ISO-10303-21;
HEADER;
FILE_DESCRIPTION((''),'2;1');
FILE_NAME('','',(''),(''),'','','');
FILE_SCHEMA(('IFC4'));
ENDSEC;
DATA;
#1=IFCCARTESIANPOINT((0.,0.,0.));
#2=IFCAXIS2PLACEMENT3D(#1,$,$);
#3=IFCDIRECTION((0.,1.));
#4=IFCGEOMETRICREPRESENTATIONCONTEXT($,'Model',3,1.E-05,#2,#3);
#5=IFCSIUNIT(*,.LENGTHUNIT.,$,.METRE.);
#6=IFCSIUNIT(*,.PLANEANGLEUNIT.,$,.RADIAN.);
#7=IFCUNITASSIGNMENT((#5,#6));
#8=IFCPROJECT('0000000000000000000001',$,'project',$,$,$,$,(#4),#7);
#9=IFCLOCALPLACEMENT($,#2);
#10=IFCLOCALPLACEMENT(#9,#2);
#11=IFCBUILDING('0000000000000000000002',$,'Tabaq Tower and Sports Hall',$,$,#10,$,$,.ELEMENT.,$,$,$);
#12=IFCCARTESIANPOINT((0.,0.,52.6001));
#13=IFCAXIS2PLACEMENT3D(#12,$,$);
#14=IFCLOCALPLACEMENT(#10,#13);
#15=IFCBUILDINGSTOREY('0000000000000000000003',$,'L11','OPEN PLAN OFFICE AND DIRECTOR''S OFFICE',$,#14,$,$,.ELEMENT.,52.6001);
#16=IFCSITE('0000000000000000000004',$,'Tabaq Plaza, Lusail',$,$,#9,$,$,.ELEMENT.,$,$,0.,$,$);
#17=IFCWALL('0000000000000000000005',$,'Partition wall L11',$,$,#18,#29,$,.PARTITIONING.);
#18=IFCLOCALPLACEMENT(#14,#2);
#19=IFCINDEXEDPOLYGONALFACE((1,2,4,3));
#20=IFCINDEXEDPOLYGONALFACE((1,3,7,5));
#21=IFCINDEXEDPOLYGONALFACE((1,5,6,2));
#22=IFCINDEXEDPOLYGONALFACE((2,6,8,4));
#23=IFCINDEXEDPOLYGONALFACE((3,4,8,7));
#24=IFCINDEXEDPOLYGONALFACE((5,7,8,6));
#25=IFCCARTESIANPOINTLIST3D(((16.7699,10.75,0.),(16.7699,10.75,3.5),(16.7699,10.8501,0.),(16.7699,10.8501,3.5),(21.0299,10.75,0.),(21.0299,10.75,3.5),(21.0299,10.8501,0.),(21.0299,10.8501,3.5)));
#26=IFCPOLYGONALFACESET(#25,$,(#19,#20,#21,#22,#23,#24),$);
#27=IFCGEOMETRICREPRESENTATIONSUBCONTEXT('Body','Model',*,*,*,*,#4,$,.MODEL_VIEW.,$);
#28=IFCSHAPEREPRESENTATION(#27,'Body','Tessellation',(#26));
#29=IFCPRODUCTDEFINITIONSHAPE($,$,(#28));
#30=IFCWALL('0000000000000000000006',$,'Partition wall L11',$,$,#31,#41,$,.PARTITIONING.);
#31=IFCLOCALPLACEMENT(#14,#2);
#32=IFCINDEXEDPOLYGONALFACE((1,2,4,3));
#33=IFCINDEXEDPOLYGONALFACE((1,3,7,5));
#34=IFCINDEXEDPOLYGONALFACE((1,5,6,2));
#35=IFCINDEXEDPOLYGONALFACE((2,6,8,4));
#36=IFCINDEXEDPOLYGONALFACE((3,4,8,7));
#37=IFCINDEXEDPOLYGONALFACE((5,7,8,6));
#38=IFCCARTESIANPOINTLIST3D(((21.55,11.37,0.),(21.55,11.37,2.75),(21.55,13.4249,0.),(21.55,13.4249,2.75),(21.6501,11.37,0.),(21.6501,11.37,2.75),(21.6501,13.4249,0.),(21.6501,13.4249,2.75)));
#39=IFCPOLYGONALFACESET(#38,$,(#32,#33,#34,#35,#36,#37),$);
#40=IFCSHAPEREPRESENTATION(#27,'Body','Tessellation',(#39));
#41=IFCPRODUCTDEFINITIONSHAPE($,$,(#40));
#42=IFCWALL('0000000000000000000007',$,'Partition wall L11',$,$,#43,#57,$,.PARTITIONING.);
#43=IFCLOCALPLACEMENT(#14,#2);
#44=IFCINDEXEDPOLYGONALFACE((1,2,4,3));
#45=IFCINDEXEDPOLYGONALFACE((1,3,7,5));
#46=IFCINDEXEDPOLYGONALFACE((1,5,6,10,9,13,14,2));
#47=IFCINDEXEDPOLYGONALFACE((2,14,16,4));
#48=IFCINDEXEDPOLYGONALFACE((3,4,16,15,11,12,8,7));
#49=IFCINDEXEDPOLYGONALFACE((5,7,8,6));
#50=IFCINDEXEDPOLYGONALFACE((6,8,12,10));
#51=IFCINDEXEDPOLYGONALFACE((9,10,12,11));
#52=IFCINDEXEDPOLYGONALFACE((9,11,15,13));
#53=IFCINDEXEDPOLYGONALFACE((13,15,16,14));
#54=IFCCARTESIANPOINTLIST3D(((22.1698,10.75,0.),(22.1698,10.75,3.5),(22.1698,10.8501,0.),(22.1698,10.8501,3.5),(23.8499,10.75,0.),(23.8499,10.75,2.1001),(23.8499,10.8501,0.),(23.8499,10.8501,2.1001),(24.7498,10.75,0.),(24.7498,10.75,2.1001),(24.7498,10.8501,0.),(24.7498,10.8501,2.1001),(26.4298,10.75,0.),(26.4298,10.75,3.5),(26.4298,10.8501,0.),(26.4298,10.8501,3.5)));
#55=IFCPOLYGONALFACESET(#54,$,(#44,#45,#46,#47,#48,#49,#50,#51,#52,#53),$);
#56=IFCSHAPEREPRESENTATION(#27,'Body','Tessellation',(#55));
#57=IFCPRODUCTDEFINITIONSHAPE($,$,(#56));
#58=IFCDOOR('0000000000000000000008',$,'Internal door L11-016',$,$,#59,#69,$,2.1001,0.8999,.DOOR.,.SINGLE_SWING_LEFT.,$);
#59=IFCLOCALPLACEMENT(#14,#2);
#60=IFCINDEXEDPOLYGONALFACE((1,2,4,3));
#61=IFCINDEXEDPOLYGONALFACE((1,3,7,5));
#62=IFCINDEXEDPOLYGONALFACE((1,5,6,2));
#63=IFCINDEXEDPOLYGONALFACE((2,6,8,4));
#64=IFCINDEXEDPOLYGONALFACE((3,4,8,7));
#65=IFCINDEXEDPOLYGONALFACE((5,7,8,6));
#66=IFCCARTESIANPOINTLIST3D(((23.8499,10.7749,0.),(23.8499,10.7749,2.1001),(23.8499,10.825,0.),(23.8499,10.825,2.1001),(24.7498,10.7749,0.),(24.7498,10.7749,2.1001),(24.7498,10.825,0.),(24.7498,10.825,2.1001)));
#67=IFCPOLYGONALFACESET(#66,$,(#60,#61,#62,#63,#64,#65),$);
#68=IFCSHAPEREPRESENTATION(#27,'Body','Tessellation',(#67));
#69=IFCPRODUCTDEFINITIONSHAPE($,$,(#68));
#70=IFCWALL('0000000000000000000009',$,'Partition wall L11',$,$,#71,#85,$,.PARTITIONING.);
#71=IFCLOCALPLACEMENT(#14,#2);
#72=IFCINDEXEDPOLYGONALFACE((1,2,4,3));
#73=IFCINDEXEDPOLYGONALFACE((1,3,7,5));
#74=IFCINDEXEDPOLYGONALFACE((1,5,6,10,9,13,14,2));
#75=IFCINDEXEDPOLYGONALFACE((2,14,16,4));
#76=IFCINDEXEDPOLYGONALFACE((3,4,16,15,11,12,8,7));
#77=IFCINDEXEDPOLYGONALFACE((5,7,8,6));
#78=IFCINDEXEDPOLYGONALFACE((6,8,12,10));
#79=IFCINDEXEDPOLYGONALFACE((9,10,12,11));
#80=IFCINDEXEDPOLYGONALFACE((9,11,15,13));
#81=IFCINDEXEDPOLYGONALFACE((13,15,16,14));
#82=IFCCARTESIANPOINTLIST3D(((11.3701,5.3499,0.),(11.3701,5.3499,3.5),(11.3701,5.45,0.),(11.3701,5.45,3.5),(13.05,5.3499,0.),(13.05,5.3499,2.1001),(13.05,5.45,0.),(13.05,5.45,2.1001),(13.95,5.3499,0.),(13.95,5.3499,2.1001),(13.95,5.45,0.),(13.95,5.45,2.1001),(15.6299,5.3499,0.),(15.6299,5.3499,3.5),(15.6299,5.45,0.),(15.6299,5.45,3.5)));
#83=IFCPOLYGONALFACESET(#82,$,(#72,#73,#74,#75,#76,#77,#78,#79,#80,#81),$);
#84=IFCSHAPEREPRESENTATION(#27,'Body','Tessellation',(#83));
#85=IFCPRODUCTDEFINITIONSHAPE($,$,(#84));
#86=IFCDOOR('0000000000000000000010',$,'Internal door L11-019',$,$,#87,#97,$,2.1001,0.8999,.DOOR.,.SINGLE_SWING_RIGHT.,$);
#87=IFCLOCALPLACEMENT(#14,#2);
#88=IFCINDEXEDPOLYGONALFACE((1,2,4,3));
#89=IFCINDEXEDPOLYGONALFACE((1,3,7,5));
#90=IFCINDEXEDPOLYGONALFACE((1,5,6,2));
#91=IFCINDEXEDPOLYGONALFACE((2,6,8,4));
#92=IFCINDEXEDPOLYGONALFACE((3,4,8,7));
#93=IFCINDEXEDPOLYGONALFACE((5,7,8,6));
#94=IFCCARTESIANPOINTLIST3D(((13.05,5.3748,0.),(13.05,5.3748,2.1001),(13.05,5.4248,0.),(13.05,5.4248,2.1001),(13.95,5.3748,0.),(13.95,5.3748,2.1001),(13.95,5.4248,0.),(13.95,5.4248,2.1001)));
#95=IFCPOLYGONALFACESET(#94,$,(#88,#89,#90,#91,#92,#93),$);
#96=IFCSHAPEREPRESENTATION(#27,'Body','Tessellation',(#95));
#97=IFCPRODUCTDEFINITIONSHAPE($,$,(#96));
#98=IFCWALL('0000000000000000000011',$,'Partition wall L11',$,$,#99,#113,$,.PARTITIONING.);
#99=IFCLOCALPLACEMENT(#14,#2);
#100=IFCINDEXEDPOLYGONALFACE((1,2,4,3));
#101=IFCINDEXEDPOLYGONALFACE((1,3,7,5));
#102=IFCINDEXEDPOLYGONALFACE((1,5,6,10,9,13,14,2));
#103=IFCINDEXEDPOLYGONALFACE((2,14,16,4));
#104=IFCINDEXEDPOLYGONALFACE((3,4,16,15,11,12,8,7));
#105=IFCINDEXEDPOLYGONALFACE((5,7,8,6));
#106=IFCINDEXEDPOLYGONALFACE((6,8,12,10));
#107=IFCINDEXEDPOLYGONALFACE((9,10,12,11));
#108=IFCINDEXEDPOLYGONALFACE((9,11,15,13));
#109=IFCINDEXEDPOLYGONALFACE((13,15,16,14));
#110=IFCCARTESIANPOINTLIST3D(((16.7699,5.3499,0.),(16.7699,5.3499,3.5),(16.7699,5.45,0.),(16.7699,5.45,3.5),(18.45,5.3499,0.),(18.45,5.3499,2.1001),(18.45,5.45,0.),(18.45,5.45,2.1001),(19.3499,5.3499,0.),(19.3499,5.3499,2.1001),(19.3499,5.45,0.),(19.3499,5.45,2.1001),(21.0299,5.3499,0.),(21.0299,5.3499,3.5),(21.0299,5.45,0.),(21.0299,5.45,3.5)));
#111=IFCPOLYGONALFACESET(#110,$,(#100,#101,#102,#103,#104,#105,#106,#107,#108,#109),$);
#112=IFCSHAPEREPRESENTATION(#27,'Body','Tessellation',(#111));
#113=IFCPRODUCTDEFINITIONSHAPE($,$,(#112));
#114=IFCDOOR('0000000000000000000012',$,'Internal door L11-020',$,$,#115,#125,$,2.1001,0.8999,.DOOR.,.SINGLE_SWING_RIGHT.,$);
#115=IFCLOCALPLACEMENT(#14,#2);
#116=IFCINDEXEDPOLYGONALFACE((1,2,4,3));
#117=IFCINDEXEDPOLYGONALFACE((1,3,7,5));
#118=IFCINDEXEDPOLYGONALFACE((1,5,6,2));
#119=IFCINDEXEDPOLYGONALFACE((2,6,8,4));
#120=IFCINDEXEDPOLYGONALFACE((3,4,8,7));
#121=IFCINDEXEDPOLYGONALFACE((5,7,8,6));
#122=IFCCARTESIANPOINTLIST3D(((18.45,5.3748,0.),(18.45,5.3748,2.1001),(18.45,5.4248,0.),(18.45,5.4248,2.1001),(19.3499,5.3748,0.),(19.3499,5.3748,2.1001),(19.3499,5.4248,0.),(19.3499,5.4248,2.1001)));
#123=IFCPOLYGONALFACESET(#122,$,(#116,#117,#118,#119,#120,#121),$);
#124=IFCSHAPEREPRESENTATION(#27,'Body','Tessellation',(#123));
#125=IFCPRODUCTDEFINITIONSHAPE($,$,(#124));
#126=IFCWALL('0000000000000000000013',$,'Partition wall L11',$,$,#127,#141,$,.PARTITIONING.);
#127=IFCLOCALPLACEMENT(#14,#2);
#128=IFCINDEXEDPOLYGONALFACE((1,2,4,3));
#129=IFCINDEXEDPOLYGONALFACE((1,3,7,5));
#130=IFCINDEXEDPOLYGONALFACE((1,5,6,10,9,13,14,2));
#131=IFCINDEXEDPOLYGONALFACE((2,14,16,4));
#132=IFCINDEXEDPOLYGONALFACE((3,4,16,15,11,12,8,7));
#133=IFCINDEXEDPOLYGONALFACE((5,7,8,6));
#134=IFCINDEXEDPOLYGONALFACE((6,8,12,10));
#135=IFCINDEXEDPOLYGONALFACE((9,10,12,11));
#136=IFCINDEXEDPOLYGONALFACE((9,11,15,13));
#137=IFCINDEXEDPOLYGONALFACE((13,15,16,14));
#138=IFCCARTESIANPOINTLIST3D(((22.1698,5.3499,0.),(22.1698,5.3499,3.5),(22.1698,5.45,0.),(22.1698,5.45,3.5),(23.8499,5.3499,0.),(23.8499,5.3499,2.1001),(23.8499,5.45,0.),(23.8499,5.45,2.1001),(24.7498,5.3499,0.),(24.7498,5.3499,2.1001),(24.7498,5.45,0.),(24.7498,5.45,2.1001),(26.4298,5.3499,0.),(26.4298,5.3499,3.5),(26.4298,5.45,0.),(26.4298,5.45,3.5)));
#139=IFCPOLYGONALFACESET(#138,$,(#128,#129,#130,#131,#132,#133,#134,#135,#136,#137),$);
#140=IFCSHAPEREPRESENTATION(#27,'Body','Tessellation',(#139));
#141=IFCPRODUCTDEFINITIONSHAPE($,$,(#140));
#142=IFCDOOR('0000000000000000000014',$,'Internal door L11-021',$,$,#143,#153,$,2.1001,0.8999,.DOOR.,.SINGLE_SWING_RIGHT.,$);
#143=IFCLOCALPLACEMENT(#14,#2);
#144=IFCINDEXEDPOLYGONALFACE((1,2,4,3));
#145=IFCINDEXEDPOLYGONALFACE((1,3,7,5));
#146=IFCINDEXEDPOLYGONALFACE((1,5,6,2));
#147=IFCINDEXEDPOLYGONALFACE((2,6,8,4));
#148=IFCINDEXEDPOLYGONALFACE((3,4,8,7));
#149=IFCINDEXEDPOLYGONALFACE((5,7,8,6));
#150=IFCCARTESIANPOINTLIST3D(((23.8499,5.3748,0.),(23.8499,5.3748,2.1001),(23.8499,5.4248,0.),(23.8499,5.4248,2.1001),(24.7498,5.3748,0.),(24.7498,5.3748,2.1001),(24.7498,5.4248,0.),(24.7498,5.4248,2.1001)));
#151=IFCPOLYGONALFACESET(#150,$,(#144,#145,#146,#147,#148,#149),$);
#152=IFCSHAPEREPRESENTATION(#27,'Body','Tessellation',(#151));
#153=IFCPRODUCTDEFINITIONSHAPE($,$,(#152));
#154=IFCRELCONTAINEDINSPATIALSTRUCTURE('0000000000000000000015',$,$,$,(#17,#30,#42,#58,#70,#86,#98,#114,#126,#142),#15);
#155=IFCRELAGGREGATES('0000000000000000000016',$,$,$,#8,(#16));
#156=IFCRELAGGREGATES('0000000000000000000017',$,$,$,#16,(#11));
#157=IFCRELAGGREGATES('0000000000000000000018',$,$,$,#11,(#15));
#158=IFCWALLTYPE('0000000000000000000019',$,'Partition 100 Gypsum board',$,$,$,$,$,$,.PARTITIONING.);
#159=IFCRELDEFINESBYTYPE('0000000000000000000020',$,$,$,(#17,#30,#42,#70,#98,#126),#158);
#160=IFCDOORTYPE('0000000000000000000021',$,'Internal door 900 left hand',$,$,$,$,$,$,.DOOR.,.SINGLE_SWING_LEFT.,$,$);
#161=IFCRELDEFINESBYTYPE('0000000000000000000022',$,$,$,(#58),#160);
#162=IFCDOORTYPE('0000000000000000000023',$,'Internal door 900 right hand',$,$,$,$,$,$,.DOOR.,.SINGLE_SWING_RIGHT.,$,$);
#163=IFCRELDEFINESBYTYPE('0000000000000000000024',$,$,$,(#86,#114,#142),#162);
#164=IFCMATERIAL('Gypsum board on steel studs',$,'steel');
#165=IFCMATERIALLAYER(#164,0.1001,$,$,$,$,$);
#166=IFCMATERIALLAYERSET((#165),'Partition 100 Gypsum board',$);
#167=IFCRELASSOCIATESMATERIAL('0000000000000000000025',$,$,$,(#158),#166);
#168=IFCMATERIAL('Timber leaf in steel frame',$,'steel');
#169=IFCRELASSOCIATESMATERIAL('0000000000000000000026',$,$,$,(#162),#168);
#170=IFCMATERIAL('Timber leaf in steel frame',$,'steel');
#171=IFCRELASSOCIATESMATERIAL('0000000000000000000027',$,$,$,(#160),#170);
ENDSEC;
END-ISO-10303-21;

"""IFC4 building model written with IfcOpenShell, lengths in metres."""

from ifc_helpers import new_model, si_unit, direction, frame, frame_2d, origin, place, context, subcontext, project, spatial, rectangle, extrude, material, layer, layer_set, type_object, element, fill, save


model = new_model("IFC4")

# Units and contexts
model_context = context("Model", 3, precision=1e-05, world=origin(), true_north=direction((0.0, 1.0)))
body_context = subcontext(model_context, "Body", "Model", "MODEL_VIEW")
ifc_project = project(units=[si_unit("LENGTHUNIT", "METRE"), si_unit("PLANEANGLEUNIT", "RADIAN")], contexts=[model_context])

# Site, building, storey
site_placement = place(None, origin())
site = spatial("IfcSite", under=ifc_project, at=site_placement, Name="Tabaq Plaza, Lusail", CompositionType="ELEMENT", RefElevation=0.0)
building_placement = place(site_placement, origin())
building = spatial("IfcBuilding", under=site, at=building_placement, Name="Tabaq Tower and Sports Hall", CompositionType="ELEMENT")
storey_placement = place(building_placement, frame((0.0, 0.0, 52.6001)))
storey = spatial("IfcBuildingStorey", under=building, at=storey_placement, Name="L11", Description="OPEN PLAN OFFICE AND DIRECTOR'S OFFICE", CompositionType="ELEMENT", Elevation=52.6001)

# Shared definitions
ifc_material_1 = material(Name="Gypsum board on steel studs", Category="steel")
ifc_layer = layer(ifc_material_1, 0.1001)
ifc_layer_set = layer_set([ifc_layer], Name="Partition 100 Gypsum board")
wall_type = type_object("IfcWallType", Name="Partition 100 Gypsum board", PredefinedType="PARTITIONING", material=ifc_layer_set)
ifc_material_2 = material(Name="Timber leaf in steel frame", Category="steel")
door_type_1 = type_object("IfcDoorType", Name="Internal door 900 right hand", OperationType="SINGLE_SWING_RIGHT", PredefinedType="DOOR", material=ifc_material_2)

# Walls
wall_1_placement = place(storey_placement, frame((16.77, 10.8, 0.0), z_axis=(0.0, 0.0, 1.0), x_axis=(1.0, 0.0, 0.0)))
element("IfcWall", 1, at=wall_1_placement, inside=storey, type_object=wall_type, Name="Partition wall L11", PredefinedType="PARTITIONING", context=body_context, shape_type="SweptSolid", body=[
    extrude(rectangle(XDim=4.26, YDim=0.1001, at=frame_2d((2.1299, 0.0))), origin(), (0.0, 0.0, 1.0), 3.5),
])
wall_2_placement = place(storey_placement, frame((21.6001, 11.3701, 0.0), z_axis=(0.0, 0.0, 1.0), x_axis=(0.0, 1.0, 0.0)))
element("IfcWall", 2, at=wall_2_placement, inside=storey, type_object=wall_type, Name="Partition wall L11", PredefinedType="PARTITIONING", context=body_context, shape_type="SweptSolid", body=[
    extrude(rectangle(XDim=2.0549, YDim=0.1001, at=frame_2d((1.0273, 0.0))), origin(), (0.0, 0.0, 1.0), 2.75),
])

# Walls, openings, doors
wall_3_placement = place(storey_placement, frame((22.1699, 10.8, 0.0), z_axis=(0.0, 0.0, 1.0), x_axis=(1.0, 0.0, 0.0)))
wall_3 = element("IfcWall", 3, at=wall_3_placement, inside=storey, type_object=wall_type, Name="Partition wall L11", PredefinedType="PARTITIONING", context=body_context, shape_type="SweptSolid", body=[
    extrude(rectangle(XDim=4.26, YDim=0.1001, at=frame_2d((2.1299, 0.0))), origin(), (0.0, 0.0, 1.0), 3.5),
])
opening_1_placement = place(wall_3_placement, frame((1.6799, 0.0, 0.0)))
opening_1 = element("IfcOpeningElement", 4, at=opening_1_placement, cuts=wall_3, PredefinedType="OPENING", context=body_context, shape_type="SweptSolid", body=[
    extrude(rectangle(XDim=0.8999, YDim=2.1001, at=frame_2d((0.45, 1.05))), frame((0.0, 0.05, 0.0), z_axis=(0.0, -1.0, 0.0), x_axis=(1.0, 0.0, 0.0)), (0.0, 0.0, 1.0), 0.1001),
])
ifc_material_3 = material(Name="Timber leaf in steel frame", Category="steel")
door_type_2 = type_object("IfcDoorType", Name="Internal door 900 left hand", OperationType="SINGLE_SWING_LEFT", PredefinedType="DOOR", material=ifc_material_3)
door_1_placement = place(opening_1_placement, origin())
door_1 = element("IfcDoor", 5, at=door_1_placement, inside=storey, type_object=door_type_2, Name="Internal door L11-016", OperationType="SINGLE_SWING_LEFT", OverallHeight=2.1001, OverallWidth=0.8999, PredefinedType="DOOR", context=body_context, shape_type="SweptSolid", body=[
    extrude(rectangle(XDim=0.8999, YDim=2.1001, at=frame_2d((0.45, 1.05))), frame((0.0, 0.0249, 0.0), z_axis=(0.0, -1.0, 0.0), x_axis=(1.0, 0.0, 0.0)), (0.0, 0.0, 1.0), 0.05),
])
fill(opening_1, door_1)
wall_4_placement = place(storey_placement, frame((11.3701, 5.3999, 0.0), z_axis=(0.0, 0.0, 1.0), x_axis=(1.0, 0.0, 0.0)))
wall_4 = element("IfcWall", 6, at=wall_4_placement, inside=storey, type_object=wall_type, Name="Partition wall L11", PredefinedType="PARTITIONING", context=body_context, shape_type="SweptSolid", body=[
    extrude(rectangle(XDim=4.2598, YDim=0.1001, at=frame_2d((2.1299, 0.0))), origin(), (0.0, 0.0, 1.0), 3.5),
])
opening_2_placement = place(wall_4_placement, frame((1.6799, 0.0, 0.0)))
opening_2 = element("IfcOpeningElement", 7, at=opening_2_placement, cuts=wall_4, PredefinedType="OPENING", context=body_context, shape_type="SweptSolid", body=[
    extrude(rectangle(XDim=0.8999, YDim=2.1001, at=frame_2d((0.45, 1.05))), frame((0.0, 0.05, 0.0), z_axis=(0.0, -1.0, 0.0), x_axis=(1.0, 0.0, 0.0)), (0.0, 0.0, 1.0), 0.1001),
])
door_2_placement = place(opening_2_placement, origin())
door_2 = element("IfcDoor", 8, at=door_2_placement, inside=storey, type_object=door_type_1, Name="Internal door L11-019", OperationType="SINGLE_SWING_RIGHT", OverallHeight=2.1001, OverallWidth=0.8999, PredefinedType="DOOR", context=body_context, shape_type="SweptSolid", body=[
    extrude(rectangle(XDim=0.8999, YDim=2.1001, at=frame_2d((0.45, 1.05))), frame((0.0, 0.0249, 0.0), z_axis=(0.0, -1.0, 0.0), x_axis=(1.0, 0.0, 0.0)), (0.0, 0.0, 1.0), 0.05),
])
fill(opening_2, door_2)
wall_5_placement = place(storey_placement, frame((16.77, 5.3999, 0.0), z_axis=(0.0, 0.0, 1.0), x_axis=(1.0, 0.0, 0.0)))
wall_5 = element("IfcWall", 9, at=wall_5_placement, inside=storey, type_object=wall_type, Name="Partition wall L11", PredefinedType="PARTITIONING", context=body_context, shape_type="SweptSolid", body=[
    extrude(rectangle(XDim=4.26, YDim=0.1001, at=frame_2d((2.1299, 0.0))), origin(), (0.0, 0.0, 1.0), 3.5),
])
opening_3_placement = place(wall_5_placement, frame((1.6799, 0.0, 0.0)))
opening_3 = element("IfcOpeningElement", 10, at=opening_3_placement, cuts=wall_5, PredefinedType="OPENING", context=body_context, shape_type="SweptSolid", body=[
    extrude(rectangle(XDim=0.8999, YDim=2.1001, at=frame_2d((0.45, 1.05))), frame((0.0, 0.05, 0.0), z_axis=(0.0, -1.0, 0.0), x_axis=(1.0, 0.0, 0.0)), (0.0, 0.0, 1.0), 0.1001),
])
door_3_placement = place(opening_3_placement, origin())
door_3 = element("IfcDoor", 11, at=door_3_placement, inside=storey, type_object=door_type_1, Name="Internal door L11-020", OperationType="SINGLE_SWING_RIGHT", OverallHeight=2.1001, OverallWidth=0.8999, PredefinedType="DOOR", context=body_context, shape_type="SweptSolid", body=[
    extrude(rectangle(XDim=0.8999, YDim=2.1001, at=frame_2d((0.45, 1.05))), frame((0.0, 0.0249, 0.0), z_axis=(0.0, -1.0, 0.0), x_axis=(1.0, 0.0, 0.0)), (0.0, 0.0, 1.0), 0.05),
])
fill(opening_3, door_3)
wall_6_placement = place(storey_placement, frame((22.1699, 5.3999, 0.0), z_axis=(0.0, 0.0, 1.0), x_axis=(1.0, 0.0, 0.0)))
wall_6 = element("IfcWall", 12, at=wall_6_placement, inside=storey, type_object=wall_type, Name="Partition wall L11", PredefinedType="PARTITIONING", context=body_context, shape_type="SweptSolid", body=[
    extrude(rectangle(XDim=4.26, YDim=0.1001, at=frame_2d((2.1299, 0.0))), origin(), (0.0, 0.0, 1.0), 3.5),
])
opening_4_placement = place(wall_6_placement, frame((1.6799, 0.0, 0.0)))
opening_4 = element("IfcOpeningElement", 13, at=opening_4_placement, cuts=wall_6, PredefinedType="OPENING", context=body_context, shape_type="SweptSolid", body=[
    extrude(rectangle(XDim=0.8999, YDim=2.1001, at=frame_2d((0.45, 1.05))), frame((0.0, 0.05, 0.0), z_axis=(0.0, -1.0, 0.0), x_axis=(1.0, 0.0, 0.0)), (0.0, 0.0, 1.0), 0.1001),
])
door_4_placement = place(opening_4_placement, origin())
door_4 = element("IfcDoor", 14, at=door_4_placement, inside=storey, type_object=door_type_1, Name="Internal door L11-021", OperationType="SINGLE_SWING_RIGHT", OverallHeight=2.1001, OverallWidth=0.8999, PredefinedType="DOOR", context=body_context, shape_type="SweptSolid", body=[
    extrude(rectangle(XDim=0.8999, YDim=2.1001, at=frame_2d((0.45, 1.05))), frame((0.0, 0.0249, 0.0), z_axis=(0.0, -1.0, 0.0), x_axis=(1.0, 0.0, 0.0)), (0.0, 0.0, 1.0), 0.05),
])
fill(opening_4, door_4)

save(model, "model.ifc")
